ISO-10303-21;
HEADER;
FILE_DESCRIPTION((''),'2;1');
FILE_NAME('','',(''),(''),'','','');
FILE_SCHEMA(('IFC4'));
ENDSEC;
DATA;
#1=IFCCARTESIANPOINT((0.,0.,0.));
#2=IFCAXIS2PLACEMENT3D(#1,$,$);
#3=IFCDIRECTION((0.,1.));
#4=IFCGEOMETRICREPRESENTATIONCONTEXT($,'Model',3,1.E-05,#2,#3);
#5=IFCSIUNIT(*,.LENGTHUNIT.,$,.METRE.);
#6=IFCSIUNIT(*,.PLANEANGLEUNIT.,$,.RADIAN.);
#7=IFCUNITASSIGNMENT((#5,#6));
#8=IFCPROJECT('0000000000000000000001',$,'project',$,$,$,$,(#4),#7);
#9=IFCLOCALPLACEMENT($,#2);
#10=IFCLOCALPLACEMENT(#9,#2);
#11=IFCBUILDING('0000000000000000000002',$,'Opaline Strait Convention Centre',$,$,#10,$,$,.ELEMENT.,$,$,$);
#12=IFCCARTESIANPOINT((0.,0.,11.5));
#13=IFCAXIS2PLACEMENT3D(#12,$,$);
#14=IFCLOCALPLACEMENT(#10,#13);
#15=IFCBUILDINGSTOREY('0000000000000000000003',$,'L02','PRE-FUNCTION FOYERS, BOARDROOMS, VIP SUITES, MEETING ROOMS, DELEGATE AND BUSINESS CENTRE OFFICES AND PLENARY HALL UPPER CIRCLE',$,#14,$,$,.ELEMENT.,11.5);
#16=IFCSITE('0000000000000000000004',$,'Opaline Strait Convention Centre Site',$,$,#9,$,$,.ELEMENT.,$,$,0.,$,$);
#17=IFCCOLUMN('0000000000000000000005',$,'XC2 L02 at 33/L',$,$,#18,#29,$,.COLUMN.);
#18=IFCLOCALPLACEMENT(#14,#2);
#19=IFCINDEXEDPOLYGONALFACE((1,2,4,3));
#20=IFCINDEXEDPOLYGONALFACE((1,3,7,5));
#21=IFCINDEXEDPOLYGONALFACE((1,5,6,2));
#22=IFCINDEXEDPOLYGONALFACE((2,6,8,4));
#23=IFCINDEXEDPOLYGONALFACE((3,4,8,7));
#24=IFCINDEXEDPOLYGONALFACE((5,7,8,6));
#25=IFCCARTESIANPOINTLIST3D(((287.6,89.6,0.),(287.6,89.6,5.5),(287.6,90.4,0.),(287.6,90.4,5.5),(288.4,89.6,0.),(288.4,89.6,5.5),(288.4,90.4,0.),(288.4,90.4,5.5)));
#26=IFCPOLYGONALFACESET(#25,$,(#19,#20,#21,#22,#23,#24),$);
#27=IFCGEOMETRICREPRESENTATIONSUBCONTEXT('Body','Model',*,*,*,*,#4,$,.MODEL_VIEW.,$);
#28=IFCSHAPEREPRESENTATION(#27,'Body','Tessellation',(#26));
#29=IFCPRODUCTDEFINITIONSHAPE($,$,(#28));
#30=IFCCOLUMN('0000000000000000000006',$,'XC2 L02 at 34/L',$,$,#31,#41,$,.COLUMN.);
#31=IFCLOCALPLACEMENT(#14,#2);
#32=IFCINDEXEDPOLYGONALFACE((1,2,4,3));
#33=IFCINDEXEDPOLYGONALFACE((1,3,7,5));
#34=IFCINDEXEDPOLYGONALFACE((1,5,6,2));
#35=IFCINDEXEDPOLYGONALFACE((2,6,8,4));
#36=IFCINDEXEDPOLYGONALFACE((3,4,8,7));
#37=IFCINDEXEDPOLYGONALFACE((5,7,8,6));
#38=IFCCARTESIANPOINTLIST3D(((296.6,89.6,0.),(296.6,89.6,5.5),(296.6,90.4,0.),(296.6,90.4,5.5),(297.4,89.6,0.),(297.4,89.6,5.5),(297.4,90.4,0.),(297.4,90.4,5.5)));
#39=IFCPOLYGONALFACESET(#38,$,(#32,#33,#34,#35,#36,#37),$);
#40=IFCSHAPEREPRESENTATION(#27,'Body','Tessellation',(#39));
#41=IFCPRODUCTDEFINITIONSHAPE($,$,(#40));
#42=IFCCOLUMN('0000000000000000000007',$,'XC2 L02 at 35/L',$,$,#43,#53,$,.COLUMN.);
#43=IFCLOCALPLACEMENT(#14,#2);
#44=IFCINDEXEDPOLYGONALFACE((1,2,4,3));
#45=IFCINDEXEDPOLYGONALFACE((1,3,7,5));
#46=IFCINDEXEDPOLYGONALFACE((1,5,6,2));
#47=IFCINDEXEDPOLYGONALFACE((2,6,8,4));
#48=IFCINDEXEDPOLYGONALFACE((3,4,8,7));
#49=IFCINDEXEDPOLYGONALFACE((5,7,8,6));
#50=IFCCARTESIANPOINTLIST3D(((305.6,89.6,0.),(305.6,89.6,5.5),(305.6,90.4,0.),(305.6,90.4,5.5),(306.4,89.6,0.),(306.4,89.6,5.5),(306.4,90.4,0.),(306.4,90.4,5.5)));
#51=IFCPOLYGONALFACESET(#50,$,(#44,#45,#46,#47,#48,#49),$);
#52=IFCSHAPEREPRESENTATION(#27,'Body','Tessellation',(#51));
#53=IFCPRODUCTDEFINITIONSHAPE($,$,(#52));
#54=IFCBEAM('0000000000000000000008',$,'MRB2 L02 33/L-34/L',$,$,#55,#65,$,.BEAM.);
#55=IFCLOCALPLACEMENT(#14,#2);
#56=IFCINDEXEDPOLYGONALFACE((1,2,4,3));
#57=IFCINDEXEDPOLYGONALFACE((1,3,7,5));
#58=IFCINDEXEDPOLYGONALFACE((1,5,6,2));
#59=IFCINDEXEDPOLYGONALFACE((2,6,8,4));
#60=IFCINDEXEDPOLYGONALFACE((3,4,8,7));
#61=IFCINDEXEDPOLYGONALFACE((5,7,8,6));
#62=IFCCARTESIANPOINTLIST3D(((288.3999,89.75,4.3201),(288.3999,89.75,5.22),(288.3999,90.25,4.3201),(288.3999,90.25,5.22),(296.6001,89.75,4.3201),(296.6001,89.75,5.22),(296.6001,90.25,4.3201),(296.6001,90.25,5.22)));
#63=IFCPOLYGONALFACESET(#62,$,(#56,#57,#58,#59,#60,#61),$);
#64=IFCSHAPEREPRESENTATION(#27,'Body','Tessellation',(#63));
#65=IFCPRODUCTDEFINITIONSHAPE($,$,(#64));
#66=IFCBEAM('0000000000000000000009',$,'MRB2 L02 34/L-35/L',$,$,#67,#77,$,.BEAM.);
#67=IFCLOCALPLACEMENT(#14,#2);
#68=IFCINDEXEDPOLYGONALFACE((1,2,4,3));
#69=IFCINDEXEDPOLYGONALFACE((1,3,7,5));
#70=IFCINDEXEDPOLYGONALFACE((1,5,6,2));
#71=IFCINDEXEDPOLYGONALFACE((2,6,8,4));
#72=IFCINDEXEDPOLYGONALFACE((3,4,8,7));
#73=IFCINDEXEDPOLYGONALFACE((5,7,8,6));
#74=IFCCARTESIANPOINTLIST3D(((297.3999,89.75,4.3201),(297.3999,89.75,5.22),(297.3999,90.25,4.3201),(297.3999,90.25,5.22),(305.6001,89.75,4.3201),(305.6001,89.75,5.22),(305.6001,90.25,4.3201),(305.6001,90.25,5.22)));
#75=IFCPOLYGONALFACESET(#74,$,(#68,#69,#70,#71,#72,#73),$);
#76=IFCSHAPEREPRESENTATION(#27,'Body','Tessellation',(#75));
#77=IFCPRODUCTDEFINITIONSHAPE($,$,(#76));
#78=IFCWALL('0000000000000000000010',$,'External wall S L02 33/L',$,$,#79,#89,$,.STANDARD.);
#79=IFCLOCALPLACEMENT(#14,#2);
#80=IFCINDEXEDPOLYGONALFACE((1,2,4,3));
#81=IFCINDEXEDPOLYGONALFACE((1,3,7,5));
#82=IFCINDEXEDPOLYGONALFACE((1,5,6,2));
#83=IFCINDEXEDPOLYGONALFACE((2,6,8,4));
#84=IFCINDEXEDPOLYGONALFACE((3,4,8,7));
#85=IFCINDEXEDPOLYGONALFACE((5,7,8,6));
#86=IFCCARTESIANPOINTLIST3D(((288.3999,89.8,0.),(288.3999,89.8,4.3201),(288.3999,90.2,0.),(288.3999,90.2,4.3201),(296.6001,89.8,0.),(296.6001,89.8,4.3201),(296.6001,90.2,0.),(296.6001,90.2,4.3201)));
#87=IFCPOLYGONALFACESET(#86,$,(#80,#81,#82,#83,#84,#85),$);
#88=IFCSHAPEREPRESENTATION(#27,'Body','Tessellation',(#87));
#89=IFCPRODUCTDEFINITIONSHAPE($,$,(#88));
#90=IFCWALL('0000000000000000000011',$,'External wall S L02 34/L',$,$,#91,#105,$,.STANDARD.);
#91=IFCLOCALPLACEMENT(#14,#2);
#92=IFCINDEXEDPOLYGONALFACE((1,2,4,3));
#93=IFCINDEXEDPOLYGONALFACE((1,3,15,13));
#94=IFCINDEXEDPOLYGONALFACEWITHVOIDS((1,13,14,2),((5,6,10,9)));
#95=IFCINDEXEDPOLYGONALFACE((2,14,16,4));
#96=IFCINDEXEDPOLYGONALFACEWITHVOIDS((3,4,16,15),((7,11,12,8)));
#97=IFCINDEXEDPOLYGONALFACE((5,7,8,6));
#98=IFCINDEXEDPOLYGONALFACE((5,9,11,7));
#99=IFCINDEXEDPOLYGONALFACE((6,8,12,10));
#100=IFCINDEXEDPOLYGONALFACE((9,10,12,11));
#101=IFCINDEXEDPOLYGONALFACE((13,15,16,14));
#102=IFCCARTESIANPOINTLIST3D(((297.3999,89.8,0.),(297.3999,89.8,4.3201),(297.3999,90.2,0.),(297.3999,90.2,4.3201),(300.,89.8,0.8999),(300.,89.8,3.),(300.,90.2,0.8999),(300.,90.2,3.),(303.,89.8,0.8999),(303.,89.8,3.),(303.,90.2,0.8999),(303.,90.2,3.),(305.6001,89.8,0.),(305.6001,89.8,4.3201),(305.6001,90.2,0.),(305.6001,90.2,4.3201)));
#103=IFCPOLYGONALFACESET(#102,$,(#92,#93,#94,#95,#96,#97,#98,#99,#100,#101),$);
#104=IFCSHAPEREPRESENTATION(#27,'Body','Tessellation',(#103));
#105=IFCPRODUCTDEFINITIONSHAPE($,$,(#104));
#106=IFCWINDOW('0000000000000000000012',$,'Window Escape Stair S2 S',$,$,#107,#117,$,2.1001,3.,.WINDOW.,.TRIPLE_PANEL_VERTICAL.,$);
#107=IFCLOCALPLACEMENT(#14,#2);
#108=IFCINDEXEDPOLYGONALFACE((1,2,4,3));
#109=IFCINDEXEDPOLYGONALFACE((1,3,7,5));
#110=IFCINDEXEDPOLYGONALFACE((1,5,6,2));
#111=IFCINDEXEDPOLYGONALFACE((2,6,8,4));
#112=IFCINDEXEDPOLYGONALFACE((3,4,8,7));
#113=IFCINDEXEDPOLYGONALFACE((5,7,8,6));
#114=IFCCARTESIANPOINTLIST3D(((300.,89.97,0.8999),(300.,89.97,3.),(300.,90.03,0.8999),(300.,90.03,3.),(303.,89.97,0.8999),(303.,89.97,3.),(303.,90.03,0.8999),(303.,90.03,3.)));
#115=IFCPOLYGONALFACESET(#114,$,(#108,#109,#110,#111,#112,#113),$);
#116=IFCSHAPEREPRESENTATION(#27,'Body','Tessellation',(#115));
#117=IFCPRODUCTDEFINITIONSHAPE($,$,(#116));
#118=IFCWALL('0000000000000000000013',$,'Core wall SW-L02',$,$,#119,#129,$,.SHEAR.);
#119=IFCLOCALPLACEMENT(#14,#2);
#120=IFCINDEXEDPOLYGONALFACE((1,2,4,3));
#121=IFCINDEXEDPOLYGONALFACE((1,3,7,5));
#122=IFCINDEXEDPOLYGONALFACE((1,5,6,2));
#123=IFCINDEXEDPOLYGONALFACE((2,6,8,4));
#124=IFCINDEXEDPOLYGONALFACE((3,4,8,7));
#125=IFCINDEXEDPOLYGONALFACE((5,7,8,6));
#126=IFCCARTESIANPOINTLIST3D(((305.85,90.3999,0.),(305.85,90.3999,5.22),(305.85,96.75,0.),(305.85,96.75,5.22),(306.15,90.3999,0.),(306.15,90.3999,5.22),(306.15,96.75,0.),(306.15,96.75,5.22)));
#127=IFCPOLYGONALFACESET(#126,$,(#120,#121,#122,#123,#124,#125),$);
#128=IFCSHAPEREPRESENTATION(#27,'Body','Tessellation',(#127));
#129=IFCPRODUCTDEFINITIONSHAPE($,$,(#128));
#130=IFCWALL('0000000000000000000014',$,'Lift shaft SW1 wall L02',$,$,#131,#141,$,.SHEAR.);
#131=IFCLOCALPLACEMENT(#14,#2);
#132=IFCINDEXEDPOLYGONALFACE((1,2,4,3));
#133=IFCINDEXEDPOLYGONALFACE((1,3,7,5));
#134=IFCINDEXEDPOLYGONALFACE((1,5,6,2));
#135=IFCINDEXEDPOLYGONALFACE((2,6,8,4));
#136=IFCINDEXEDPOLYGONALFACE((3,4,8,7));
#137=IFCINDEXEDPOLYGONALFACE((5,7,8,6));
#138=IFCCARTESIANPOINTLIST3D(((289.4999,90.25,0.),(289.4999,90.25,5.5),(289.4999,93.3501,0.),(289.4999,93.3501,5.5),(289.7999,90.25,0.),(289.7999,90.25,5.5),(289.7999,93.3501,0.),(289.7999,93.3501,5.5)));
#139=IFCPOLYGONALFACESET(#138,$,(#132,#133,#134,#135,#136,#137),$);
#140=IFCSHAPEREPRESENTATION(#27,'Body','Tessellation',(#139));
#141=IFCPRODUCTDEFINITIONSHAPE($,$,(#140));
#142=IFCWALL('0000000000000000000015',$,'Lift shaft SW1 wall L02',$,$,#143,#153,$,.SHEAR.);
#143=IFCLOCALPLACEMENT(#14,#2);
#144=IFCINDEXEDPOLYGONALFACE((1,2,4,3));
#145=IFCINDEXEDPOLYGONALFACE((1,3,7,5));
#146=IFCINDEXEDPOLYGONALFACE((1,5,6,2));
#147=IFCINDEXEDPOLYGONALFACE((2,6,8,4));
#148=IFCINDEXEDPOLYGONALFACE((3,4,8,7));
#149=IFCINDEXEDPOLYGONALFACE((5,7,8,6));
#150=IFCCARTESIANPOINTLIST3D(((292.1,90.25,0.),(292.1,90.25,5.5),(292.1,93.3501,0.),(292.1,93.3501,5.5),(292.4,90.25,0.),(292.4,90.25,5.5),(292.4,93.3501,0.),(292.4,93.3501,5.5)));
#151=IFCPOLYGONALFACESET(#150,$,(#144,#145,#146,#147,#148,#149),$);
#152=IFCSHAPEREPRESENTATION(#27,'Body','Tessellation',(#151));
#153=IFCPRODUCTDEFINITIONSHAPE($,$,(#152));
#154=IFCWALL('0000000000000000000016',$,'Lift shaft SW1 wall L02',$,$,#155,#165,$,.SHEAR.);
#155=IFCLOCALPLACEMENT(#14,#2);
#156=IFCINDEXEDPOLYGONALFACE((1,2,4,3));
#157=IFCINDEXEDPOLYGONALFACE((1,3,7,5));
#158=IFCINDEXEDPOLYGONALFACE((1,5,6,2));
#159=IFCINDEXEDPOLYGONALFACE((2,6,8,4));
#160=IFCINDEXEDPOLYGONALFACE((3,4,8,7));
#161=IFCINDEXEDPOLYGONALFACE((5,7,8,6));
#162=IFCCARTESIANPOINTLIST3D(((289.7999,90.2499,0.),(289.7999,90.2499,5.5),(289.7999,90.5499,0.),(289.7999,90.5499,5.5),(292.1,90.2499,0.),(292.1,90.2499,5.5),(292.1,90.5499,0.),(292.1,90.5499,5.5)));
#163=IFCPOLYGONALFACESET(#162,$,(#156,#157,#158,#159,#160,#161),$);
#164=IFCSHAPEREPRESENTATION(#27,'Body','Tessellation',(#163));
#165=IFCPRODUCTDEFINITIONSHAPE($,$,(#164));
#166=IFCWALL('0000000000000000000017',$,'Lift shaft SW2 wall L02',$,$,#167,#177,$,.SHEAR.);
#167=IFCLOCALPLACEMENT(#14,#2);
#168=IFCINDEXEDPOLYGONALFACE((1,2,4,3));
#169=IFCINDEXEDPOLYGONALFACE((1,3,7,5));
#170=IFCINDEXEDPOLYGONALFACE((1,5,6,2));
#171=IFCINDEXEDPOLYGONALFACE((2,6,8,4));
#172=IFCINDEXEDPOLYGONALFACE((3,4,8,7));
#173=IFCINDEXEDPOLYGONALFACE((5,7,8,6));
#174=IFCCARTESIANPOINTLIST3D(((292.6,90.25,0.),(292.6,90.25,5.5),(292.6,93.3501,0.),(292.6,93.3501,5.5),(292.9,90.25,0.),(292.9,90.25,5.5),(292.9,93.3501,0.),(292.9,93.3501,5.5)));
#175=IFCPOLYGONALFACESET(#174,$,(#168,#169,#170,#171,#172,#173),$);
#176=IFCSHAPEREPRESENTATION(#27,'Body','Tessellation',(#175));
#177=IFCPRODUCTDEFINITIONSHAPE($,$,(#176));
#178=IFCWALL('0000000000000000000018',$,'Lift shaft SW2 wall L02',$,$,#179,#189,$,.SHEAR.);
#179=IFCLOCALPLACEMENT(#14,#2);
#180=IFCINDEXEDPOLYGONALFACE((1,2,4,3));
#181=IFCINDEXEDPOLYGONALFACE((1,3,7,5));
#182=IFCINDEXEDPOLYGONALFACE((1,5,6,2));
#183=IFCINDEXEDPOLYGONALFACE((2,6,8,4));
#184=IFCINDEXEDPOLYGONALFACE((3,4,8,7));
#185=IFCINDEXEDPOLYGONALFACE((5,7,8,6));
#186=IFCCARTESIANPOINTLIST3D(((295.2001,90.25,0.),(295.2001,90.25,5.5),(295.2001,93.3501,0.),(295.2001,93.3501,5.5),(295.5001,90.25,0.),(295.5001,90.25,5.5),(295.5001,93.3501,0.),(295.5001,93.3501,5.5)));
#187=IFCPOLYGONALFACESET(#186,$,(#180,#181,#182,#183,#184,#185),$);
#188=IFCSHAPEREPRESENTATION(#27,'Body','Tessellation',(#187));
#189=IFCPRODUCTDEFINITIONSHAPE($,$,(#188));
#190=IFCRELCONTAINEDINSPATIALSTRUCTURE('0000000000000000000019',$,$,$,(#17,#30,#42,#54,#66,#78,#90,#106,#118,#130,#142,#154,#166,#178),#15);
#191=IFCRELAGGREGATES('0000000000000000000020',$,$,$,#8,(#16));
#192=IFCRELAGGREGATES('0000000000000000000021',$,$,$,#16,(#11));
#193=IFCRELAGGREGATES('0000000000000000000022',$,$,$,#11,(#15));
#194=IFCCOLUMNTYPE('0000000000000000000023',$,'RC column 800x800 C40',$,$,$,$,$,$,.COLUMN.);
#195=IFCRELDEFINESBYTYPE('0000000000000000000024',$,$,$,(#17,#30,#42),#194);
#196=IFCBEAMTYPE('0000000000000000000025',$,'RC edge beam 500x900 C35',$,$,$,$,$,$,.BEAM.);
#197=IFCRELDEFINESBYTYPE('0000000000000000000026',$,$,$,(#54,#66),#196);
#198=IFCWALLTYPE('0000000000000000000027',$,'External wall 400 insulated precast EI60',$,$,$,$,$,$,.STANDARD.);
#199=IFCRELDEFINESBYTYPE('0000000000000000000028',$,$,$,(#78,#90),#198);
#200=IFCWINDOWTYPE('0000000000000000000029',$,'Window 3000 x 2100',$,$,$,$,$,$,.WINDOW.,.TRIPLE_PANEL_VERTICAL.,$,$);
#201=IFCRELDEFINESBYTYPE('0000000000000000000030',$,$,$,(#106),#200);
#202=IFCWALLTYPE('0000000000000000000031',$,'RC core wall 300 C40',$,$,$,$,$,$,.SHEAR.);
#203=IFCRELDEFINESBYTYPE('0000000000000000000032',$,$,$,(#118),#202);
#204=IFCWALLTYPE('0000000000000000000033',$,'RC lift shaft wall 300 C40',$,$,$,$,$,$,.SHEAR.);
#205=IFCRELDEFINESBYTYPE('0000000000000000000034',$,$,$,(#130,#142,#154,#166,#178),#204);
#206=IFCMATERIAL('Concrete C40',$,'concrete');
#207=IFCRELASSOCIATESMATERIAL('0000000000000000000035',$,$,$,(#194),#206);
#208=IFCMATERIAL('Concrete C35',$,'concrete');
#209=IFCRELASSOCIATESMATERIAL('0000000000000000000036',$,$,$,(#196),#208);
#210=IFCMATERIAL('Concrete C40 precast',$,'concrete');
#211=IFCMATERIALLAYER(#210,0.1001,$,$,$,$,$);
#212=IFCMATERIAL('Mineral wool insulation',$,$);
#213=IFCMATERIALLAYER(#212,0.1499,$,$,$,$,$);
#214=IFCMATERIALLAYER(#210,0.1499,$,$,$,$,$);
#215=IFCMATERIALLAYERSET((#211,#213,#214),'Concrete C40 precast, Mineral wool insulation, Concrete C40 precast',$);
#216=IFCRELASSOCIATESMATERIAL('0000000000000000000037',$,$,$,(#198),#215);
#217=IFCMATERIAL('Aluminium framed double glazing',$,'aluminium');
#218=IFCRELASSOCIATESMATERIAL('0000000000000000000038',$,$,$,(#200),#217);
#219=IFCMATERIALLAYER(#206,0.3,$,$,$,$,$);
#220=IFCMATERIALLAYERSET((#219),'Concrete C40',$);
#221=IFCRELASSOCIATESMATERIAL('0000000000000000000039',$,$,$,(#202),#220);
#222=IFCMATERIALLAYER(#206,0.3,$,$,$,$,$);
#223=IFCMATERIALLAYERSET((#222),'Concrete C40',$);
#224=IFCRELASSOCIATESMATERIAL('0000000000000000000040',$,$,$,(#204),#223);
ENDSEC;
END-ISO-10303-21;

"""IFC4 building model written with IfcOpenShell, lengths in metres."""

from ifc_helpers import new_model, si_unit, direction, frame, frame_2d, origin, origin_2d, place, context, subcontext, project, spatial, rectangle, extrude, material, layer, layer_set, material_profile, profile_set, type_object, element, fill, save


model = new_model("IFC4")

# Units and contexts
model_context = context("Model", 3, precision=1e-05, world=origin(), true_north=direction((0.0, 1.0)))
body_context = subcontext(model_context, "Body", "Model", "MODEL_VIEW")
ifc_project = project(units=[si_unit("LENGTHUNIT", "METRE"), si_unit("PLANEANGLEUNIT", "RADIAN")], contexts=[model_context])

# Site, building, storey
site_placement = place(None, origin())
site = spatial("IfcSite", under=ifc_project, at=site_placement, Name="Opaline Strait Convention Centre Site", CompositionType="ELEMENT", RefElevation=0.0)
building_placement = place(site_placement, origin())
building = spatial("IfcBuilding", under=site, at=building_placement, Name="Opaline Strait Convention Centre", CompositionType="ELEMENT")
storey_placement = place(building_placement, frame((0.0, 0.0, 11.5)))
storey = spatial("IfcBuildingStorey", under=building, at=storey_placement, Name="L02", Description="PRE-FUNCTION FOYERS, BOARDROOMS, VIP SUITES, MEETING ROOMS, DELEGATE AND BUSINESS CENTRE OFFICES AND PLENARY HALL UPPER CIRCLE", CompositionType="ELEMENT", Elevation=11.5)

# Columns
ifc_material_1 = material(Name="Concrete C40", Category="concrete")
ifc_material_profile_1 = material_profile(ifc_material_1, rectangle(XDim=0.8, YDim=0.8, at=origin_2d()), Name="RC 800x800")
ifc_profile_set_1 = profile_set([ifc_material_profile_1], Name="Concrete C40")
column_type = type_object("IfcColumnType", Name="RC column 800x800 C40", PredefinedType="COLUMN", material=ifc_profile_set_1)
for number, where, z_axis, x_axis, name in (
    (1, (288.0, 90.0, 0.0), (0.0, 0.0, 1.0), (1.0, 0.0, 0.0), "XC2 L02 at 33/L"),
    (2, (297.0, 90.0, 0.0), (0.0, 0.0, 1.0), (1.0, 0.0, 0.0), "XC2 L02 at 34/L"),
    (3, (306.0, 90.0, 0.0), (0.0, 0.0, 1.0), (1.0, 0.0, 0.0), "XC2 L02 at 35/L"),
):
    element("IfcColumn", number, at=place(storey_placement, frame(where, z_axis=z_axis, x_axis=x_axis)), inside=storey, type_object=column_type, Name=name, PredefinedType="COLUMN", context=body_context, shape_type="SweptSolid", body=[
        extrude(rectangle(XDim=0.8, YDim=0.8, at=origin_2d()), origin(), (0.0, 0.0, 1.0), 5.5),
    ])

# Beams
ifc_material_2 = material(Name="Concrete C35", Category="concrete")
ifc_material_profile_2 = material_profile(ifc_material_2, rectangle(XDim=0.5, YDim=0.8999, at=origin_2d()), Name="RC 500x900")
ifc_profile_set_2 = profile_set([ifc_material_profile_2], Name="Concrete C35")
beam_type = type_object("IfcBeamType", Name="RC edge beam 500x900 C35", PredefinedType="BEAM", material=ifc_profile_set_2)
for number, where, z_axis, x_axis, name in (
    (4, (288.3999, 90.0, 4.77), (1.0, 0.0, 0.0), (0.0, 1.0, 0.0), "MRB2 L02 33/L-34/L"),
    (5, (297.3999, 90.0, 4.77), (1.0, 0.0, 0.0), (0.0, 1.0, 0.0), "MRB2 L02 34/L-35/L"),
):
    element("IfcBeam", number, at=place(storey_placement, frame(where, z_axis=z_axis, x_axis=x_axis)), inside=storey, type_object=beam_type, Name=name, PredefinedType="BEAM", context=body_context, shape_type="SweptSolid", body=[
        extrude(rectangle(XDim=0.5, YDim=0.8999, at=origin_2d()), origin(), (0.0, 0.0, 1.0), 8.2002),
    ])

# Wall
ifc_material_3 = material(Name="Concrete C40 precast", Category="concrete")
ifc_layer_1 = layer(ifc_material_3, 0.1001)
ifc_material_4 = material(Name="Mineral wool insulation")
ifc_layer_2 = layer(ifc_material_4, 0.1499)
ifc_layer_3 = layer(ifc_material_3, 0.1499)
ifc_layer_set_1 = layer_set([ifc_layer_1, ifc_layer_2, ifc_layer_3], Name="Concrete C40 precast, Mineral wool insulation, Concrete C40 precast")
wall_type_1 = type_object("IfcWallType", Name="External wall 400 insulated precast EI60", PredefinedType="STANDARD", material=ifc_layer_set_1)
wall_1_placement = place(storey_placement, frame((288.3999, 90.0, 0.0), z_axis=(0.0, 0.0, 1.0), x_axis=(1.0, 0.0, 0.0)))
element("IfcWall", 6, at=wall_1_placement, inside=storey, type_object=wall_type_1, Name="External wall S L02 33/L", PredefinedType="STANDARD", context=body_context, shape_type="SweptSolid", body=[
    extrude(rectangle(XDim=8.2002, YDim=0.3999, at=frame_2d((4.1001, 0.0))), origin(), (0.0, 0.0, 1.0), 4.3201),
])

# Wall, opening, window
wall_2_placement = place(storey_placement, frame((297.3999, 90.0, 0.0), z_axis=(0.0, 0.0, 1.0), x_axis=(1.0, 0.0, 0.0)))
wall_2 = element("IfcWall", 7, at=wall_2_placement, inside=storey, type_object=wall_type_1, Name="External wall S L02 34/L", PredefinedType="STANDARD", context=body_context, shape_type="SweptSolid", body=[
    extrude(rectangle(XDim=8.2002, YDim=0.3999, at=frame_2d((4.1001, 0.0))), origin(), (0.0, 0.0, 1.0), 4.3201),
])
opening_1_placement = place(wall_2_placement, frame((2.6001, 0.0, 0.8999)))
opening_1 = element("IfcOpeningElement", 8, at=opening_1_placement, cuts=wall_2, PredefinedType="OPENING", context=body_context, shape_type="SweptSolid", body=[
    extrude(rectangle(XDim=3.0, YDim=2.1001, at=frame_2d((1.5, 1.05))), frame((0.0, 0.21, 0.0), z_axis=(0.0, -1.0, 0.0), x_axis=(1.0, 0.0, 0.0)), (0.0, 0.0, 1.0), 0.4199),
])
ifc_material_5 = material(Name="Aluminium framed double glazing", Category="aluminium")
window_type = type_object("IfcWindowType", Name="Window 3000 x 2100", PartitioningType="TRIPLE_PANEL_VERTICAL", PredefinedType="WINDOW", material=ifc_material_5)
window_placement = place(opening_1_placement, origin())
window = element("IfcWindow", 9, at=window_placement, inside=storey, type_object=window_type, Name="Window Escape Stair S2 S", OverallHeight=2.1001, OverallWidth=3.0, PartitioningType="TRIPLE_PANEL_VERTICAL", PredefinedType="WINDOW", context=body_context, shape_type="SweptSolid", body=[
    extrude(rectangle(XDim=3.0, YDim=2.1001, at=frame_2d((1.5, 1.05))), frame((0.0, 0.03, 0.0), z_axis=(0.0, -1.0, 0.0), x_axis=(1.0, 0.0, 0.0)), (0.0, 0.0, 1.0), 0.0601),
])
fill(opening_1, window)

# Shared definitions
ifc_layer_4 = layer(ifc_material_1, 0.3)
ifc_layer_set_2 = layer_set([ifc_layer_4], Name="Concrete C40")
wall_type_2 = type_object("IfcWallType", Name="RC core wall 300 C40", PredefinedType="SHEAR", material=ifc_layer_set_2)

# Walls
wall_3_placement = place(storey_placement, frame((306.0, 90.3999, 0.0), z_axis=(0.0, 0.0, 1.0), x_axis=(0.0, 1.0, 0.0)))
element("IfcWall", 10, at=wall_3_placement, inside=storey, type_object=wall_type_2, Name="Core wall SW-L02", PredefinedType="SHEAR", context=body_context, shape_type="SweptSolid", body=[
    extrude(rectangle(XDim=6.3501, YDim=0.3, at=frame_2d((3.175, 0.0))), origin(), (0.0, 0.0, 1.0), 5.22),
])
ifc_layer_5 = layer(ifc_material_1, 0.3)
ifc_layer_set_3 = layer_set([ifc_layer_5], Name="Concrete C40")
wall_type_3 = type_object("IfcWallType", Name="RC lift shaft wall 300 C40", PredefinedType="SHEAR", material=ifc_layer_set_3)
for number, where, z_axis, x_axis, name in (
    (11, (289.6499, 90.25, 0.0), (0.0, 0.0, 1.0), (0.0, 1.0, 0.0), "Lift shaft SW1 wall L02"),
    (12, (292.25, 90.25, 0.0), (0.0, 0.0, 1.0), (0.0, 1.0, 0.0), "Lift shaft SW1 wall L02"),
):
    element("IfcWall", number, at=place(storey_placement, frame(where, z_axis=z_axis, x_axis=x_axis)), inside=storey, type_object=wall_type_3, Name=name, PredefinedType="SHEAR", context=body_context, shape_type="SweptSolid", body=[
        extrude(rectangle(XDim=3.1001, YDim=0.3, at=frame_2d((1.55, 0.0))), origin(), (0.0, 0.0, 1.0), 5.5),
    ])
wall_4_placement = place(storey_placement, frame((289.8, 90.3999, 0.0), z_axis=(0.0, 0.0, 1.0), x_axis=(1.0, 0.0, 0.0)))
element("IfcWall", 13, at=wall_4_placement, inside=storey, type_object=wall_type_3, Name="Lift shaft SW1 wall L02", PredefinedType="SHEAR", context=body_context, shape_type="SweptSolid", body=[
    extrude(rectangle(XDim=2.3, YDim=0.3, at=frame_2d((1.1499, 0.0))), origin(), (0.0, 0.0, 1.0), 5.5),
])
for number, where, z_axis, x_axis, name in (
    (14, (292.75, 90.25, 0.0), (0.0, 0.0, 1.0), (0.0, 1.0, 0.0), "Lift shaft SW2 wall L02"),
    (15, (295.3501, 90.25, 0.0), (0.0, 0.0, 1.0), (0.0, 1.0, 0.0), "Lift shaft SW2 wall L02"),
):
    element("IfcWall", number, at=place(storey_placement, frame(where, z_axis=z_axis, x_axis=x_axis)), inside=storey, type_object=wall_type_3, Name=name, PredefinedType="SHEAR", context=body_context, shape_type="SweptSolid", body=[
        extrude(rectangle(XDim=3.1001, YDim=0.3, at=frame_2d((1.55, 0.0))), origin(), (0.0, 0.0, 1.0), 5.5),
    ])

save(model, "model.ifc")
